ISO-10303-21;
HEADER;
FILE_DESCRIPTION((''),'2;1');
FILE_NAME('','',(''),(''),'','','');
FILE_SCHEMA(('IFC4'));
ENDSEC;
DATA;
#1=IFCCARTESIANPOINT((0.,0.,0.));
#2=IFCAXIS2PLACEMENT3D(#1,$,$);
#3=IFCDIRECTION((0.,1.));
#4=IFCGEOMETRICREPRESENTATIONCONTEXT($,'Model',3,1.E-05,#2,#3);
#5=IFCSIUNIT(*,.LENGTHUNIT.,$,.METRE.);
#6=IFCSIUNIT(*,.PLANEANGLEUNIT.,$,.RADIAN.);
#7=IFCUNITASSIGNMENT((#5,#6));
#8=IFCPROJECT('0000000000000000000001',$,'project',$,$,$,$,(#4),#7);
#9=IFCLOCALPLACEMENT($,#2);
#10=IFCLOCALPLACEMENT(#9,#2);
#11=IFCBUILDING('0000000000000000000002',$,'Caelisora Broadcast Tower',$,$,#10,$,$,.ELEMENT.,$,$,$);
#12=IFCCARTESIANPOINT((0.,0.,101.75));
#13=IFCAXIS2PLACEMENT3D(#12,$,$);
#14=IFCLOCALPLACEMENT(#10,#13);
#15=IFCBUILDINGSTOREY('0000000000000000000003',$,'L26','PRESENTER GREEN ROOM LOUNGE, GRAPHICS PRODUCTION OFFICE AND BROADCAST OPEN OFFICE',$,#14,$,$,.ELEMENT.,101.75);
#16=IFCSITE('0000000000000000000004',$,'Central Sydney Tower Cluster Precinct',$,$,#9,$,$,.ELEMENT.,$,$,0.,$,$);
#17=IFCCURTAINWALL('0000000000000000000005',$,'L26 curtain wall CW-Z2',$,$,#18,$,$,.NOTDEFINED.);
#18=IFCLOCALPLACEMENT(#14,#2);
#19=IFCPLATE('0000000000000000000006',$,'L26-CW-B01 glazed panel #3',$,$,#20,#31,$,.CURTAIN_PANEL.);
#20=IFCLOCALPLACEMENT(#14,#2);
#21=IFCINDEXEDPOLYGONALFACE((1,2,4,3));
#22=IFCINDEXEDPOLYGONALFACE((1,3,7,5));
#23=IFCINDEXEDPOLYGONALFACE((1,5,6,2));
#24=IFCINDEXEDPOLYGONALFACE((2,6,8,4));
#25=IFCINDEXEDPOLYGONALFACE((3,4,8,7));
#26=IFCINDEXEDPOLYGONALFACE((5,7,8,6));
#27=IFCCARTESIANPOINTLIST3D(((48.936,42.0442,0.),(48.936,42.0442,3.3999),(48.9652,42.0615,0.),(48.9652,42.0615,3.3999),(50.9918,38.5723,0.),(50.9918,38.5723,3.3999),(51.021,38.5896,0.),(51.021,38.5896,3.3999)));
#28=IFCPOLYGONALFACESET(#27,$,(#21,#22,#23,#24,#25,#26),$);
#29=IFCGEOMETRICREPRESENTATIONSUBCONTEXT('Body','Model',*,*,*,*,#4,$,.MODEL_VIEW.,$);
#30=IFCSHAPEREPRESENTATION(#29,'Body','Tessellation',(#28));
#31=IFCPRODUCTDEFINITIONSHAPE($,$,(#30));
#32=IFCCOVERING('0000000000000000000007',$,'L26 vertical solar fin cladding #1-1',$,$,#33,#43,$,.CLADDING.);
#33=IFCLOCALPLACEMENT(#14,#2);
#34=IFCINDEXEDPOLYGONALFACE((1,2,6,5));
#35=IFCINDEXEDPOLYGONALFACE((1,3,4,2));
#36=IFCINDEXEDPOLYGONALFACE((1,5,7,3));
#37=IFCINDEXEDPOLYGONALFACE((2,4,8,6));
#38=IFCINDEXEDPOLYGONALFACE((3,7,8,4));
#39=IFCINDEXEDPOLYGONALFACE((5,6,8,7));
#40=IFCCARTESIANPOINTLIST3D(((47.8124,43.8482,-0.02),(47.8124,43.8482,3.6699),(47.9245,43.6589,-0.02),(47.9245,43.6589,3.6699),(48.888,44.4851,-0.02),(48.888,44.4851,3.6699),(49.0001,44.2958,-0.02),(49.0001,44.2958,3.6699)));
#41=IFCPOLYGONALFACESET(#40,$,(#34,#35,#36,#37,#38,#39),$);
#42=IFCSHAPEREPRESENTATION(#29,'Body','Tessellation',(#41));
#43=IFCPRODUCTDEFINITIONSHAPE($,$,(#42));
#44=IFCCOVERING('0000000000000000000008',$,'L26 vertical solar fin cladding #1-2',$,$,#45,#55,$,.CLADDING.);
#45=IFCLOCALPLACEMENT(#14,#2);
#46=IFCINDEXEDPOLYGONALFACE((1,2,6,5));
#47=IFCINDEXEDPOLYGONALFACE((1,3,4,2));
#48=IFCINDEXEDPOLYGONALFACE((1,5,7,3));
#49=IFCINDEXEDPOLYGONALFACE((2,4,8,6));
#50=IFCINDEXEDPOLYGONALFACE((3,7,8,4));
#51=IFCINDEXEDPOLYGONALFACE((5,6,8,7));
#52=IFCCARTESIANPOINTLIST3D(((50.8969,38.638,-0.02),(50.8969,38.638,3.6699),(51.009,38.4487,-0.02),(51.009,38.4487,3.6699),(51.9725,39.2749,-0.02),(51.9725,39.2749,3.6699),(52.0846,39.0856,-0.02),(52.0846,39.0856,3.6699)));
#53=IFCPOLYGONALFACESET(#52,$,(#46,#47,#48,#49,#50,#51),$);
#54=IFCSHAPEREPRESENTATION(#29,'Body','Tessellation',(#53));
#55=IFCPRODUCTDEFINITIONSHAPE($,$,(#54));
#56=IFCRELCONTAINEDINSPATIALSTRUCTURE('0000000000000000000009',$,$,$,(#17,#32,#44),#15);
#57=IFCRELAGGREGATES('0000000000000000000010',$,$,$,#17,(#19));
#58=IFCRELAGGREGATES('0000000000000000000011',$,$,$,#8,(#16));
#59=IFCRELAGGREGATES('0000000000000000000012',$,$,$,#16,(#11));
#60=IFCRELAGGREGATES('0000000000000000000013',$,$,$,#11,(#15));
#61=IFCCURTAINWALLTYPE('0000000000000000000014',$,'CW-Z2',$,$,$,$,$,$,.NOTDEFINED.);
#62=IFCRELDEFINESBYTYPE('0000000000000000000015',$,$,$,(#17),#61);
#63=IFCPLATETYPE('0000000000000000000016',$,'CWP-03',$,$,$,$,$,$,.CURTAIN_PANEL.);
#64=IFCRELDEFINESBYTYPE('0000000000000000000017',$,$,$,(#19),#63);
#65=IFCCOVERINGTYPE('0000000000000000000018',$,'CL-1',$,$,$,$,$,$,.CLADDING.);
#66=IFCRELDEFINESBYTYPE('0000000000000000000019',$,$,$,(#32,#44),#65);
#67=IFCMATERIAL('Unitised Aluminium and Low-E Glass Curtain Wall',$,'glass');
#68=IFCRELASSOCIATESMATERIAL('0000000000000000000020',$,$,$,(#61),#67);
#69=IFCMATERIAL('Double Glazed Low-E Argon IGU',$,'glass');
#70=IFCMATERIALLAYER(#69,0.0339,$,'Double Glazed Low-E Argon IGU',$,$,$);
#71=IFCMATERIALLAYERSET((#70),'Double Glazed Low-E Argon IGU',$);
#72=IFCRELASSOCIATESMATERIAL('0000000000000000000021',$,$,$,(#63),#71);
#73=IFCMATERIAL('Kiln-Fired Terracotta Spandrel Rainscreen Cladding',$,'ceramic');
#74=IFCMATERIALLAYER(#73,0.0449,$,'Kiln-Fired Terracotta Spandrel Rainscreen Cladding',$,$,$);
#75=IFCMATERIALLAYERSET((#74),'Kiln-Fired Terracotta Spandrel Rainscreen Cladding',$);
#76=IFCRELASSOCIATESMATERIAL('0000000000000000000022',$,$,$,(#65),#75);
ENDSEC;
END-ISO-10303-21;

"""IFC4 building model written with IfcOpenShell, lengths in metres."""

from ifc_helpers import new_model, si_unit, direction, frame, origin, origin_2d, place, context, subcontext, project, spatial, rectangle, extrude, source, transform, mapped, material, layer, layer_set, type_object, type_shapes, element, aggregate, save


model = new_model("IFC4")

# Units and contexts
model_context = context("Model", 3, precision=1e-05, world=origin(), true_north=direction((0.0, 1.0)))
body_context = subcontext(model_context, "Body", "Model", "MODEL_VIEW")
ifc_project = project(units=[si_unit("LENGTHUNIT", "METRE"), si_unit("PLANEANGLEUNIT", "RADIAN")], contexts=[model_context])

# Site, building, storey
site_placement = place(None, origin())
site = spatial("IfcSite", under=ifc_project, at=site_placement, Name="Central Sydney Tower Cluster Precinct", CompositionType="ELEMENT", RefElevation=0.0)
building_placement = place(site_placement, origin())
building = spatial("IfcBuilding", under=site, at=building_placement, Name="Caelisora Broadcast Tower", CompositionType="ELEMENT")
storey_placement = place(building_placement, frame((0.0, 0.0, 101.75)))
storey = spatial("IfcBuildingStorey", under=building, at=storey_placement, Name="L26", Description="PRESENTER GREEN ROOM LOUNGE, GRAPHICS PRODUCTION OFFICE AND BROADCAST OPEN OFFICE", CompositionType="ELEMENT", Elevation=101.75)

# Curtain wall
ifc_material_1 = material(Name="Unitised Aluminium and Low-E Glass Curtain Wall", Category="glass")
curtain_wall_type_1 = type_object("IfcCurtainWallType", Name="CW-Z2", PredefinedType="NOTDEFINED", material=ifc_material_1)
curtain_wall_1_placement = place(storey_placement, origin())
curtain_wall_1 = element("IfcCurtainWall", 1, at=curtain_wall_1_placement, inside=storey, type_object=curtain_wall_type_1, Name="L26 curtain wall CW-Z2", PredefinedType="NOTDEFINED")

# Plate
ifc_material_2 = material(Name="Double Glazed Low-E Argon IGU", Category="glass")
ifc_layer_1 = layer(ifc_material_2, 0.0339, Name="Double Glazed Low-E Argon IGU")
ifc_layer_set_1 = layer_set([ifc_layer_1], Name="Double Glazed Low-E Argon IGU")
plate_type_1 = type_object("IfcPlateType", Name="CWP-03", PredefinedType="CURTAIN_PANEL", material=ifc_layer_set_1)
shared_shape_1 = source(origin(), body_context, "Body", "SweptSolid", [
    extrude(rectangle(XDim=4.0349, YDim=0.0339, at=origin_2d()), origin(), (0.0, 0.0, 1.0), 3.3999),
])
type_shapes(plate_type_1, [shared_shape_1])
plate_1_placement = place(storey_placement, frame((49.9785, 40.3169, 0.0), z_axis=(0.0, 0.0, 1.0), x_axis=(0.509492, -0.860475, 0.0)))
plate_1 = element("IfcPlate", 2, at=plate_1_placement, type_object=plate_type_1, Name="L26-CW-B01 glazed panel #3", PredefinedType="CURTAIN_PANEL", context=body_context, shape_type="MappedRepresentation", body=[
    mapped(shared_shape_1, transform((0.0, 0.0, 0.0), scale=1.0)),
])
aggregate(curtain_wall_1, [plate_1])

# Coverings
ifc_material_3 = material(Name="Kiln-Fired Terracotta Spandrel Rainscreen Cladding", Category="ceramic")
ifc_layer_2 = layer(ifc_material_3, 0.0449, Name="Kiln-Fired Terracotta Spandrel Rainscreen Cladding")
ifc_layer_set_2 = layer_set([ifc_layer_2], Name="Kiln-Fired Terracotta Spandrel Rainscreen Cladding")
covering_type = type_object("IfcCoveringType", Name="CL-1", PredefinedType="CLADDING", material=ifc_layer_set_2)
shared_shape_2 = source(origin(), body_context, "Body", "SweptSolid", [
    extrude(rectangle(XDim=0.22, YDim=1.25, at=origin_2d()), origin(), (0.0, 0.0, 1.0), 3.6899),
])
type_shapes(covering_type, [shared_shape_2])
for number, where, z_axis, x_axis, name in (
    (3, (48.4062, 44.072, -0.02), (0.0, 0.0, 1.0), (0.509492, -0.860475, 0.0), "L26 vertical solar fin cladding #1-1"),
    (4, (51.4907, 38.8618, -0.02), (0.0, 0.0, 1.0), (0.509492, -0.860475, 0.0), "L26 vertical solar fin cladding #1-2"),
):
    element("IfcCovering", number, at=place(storey_placement, frame(where, z_axis=z_axis, x_axis=x_axis)), inside=storey, type_object=covering_type, Name=name, PredefinedType="CLADDING", context=body_context, shape_type="MappedRepresentation", body=[
        mapped(shared_shape_2, transform((0.0, 0.0, 0.0), scale=1.0)),
    ])

save(model, "model.ifc")
